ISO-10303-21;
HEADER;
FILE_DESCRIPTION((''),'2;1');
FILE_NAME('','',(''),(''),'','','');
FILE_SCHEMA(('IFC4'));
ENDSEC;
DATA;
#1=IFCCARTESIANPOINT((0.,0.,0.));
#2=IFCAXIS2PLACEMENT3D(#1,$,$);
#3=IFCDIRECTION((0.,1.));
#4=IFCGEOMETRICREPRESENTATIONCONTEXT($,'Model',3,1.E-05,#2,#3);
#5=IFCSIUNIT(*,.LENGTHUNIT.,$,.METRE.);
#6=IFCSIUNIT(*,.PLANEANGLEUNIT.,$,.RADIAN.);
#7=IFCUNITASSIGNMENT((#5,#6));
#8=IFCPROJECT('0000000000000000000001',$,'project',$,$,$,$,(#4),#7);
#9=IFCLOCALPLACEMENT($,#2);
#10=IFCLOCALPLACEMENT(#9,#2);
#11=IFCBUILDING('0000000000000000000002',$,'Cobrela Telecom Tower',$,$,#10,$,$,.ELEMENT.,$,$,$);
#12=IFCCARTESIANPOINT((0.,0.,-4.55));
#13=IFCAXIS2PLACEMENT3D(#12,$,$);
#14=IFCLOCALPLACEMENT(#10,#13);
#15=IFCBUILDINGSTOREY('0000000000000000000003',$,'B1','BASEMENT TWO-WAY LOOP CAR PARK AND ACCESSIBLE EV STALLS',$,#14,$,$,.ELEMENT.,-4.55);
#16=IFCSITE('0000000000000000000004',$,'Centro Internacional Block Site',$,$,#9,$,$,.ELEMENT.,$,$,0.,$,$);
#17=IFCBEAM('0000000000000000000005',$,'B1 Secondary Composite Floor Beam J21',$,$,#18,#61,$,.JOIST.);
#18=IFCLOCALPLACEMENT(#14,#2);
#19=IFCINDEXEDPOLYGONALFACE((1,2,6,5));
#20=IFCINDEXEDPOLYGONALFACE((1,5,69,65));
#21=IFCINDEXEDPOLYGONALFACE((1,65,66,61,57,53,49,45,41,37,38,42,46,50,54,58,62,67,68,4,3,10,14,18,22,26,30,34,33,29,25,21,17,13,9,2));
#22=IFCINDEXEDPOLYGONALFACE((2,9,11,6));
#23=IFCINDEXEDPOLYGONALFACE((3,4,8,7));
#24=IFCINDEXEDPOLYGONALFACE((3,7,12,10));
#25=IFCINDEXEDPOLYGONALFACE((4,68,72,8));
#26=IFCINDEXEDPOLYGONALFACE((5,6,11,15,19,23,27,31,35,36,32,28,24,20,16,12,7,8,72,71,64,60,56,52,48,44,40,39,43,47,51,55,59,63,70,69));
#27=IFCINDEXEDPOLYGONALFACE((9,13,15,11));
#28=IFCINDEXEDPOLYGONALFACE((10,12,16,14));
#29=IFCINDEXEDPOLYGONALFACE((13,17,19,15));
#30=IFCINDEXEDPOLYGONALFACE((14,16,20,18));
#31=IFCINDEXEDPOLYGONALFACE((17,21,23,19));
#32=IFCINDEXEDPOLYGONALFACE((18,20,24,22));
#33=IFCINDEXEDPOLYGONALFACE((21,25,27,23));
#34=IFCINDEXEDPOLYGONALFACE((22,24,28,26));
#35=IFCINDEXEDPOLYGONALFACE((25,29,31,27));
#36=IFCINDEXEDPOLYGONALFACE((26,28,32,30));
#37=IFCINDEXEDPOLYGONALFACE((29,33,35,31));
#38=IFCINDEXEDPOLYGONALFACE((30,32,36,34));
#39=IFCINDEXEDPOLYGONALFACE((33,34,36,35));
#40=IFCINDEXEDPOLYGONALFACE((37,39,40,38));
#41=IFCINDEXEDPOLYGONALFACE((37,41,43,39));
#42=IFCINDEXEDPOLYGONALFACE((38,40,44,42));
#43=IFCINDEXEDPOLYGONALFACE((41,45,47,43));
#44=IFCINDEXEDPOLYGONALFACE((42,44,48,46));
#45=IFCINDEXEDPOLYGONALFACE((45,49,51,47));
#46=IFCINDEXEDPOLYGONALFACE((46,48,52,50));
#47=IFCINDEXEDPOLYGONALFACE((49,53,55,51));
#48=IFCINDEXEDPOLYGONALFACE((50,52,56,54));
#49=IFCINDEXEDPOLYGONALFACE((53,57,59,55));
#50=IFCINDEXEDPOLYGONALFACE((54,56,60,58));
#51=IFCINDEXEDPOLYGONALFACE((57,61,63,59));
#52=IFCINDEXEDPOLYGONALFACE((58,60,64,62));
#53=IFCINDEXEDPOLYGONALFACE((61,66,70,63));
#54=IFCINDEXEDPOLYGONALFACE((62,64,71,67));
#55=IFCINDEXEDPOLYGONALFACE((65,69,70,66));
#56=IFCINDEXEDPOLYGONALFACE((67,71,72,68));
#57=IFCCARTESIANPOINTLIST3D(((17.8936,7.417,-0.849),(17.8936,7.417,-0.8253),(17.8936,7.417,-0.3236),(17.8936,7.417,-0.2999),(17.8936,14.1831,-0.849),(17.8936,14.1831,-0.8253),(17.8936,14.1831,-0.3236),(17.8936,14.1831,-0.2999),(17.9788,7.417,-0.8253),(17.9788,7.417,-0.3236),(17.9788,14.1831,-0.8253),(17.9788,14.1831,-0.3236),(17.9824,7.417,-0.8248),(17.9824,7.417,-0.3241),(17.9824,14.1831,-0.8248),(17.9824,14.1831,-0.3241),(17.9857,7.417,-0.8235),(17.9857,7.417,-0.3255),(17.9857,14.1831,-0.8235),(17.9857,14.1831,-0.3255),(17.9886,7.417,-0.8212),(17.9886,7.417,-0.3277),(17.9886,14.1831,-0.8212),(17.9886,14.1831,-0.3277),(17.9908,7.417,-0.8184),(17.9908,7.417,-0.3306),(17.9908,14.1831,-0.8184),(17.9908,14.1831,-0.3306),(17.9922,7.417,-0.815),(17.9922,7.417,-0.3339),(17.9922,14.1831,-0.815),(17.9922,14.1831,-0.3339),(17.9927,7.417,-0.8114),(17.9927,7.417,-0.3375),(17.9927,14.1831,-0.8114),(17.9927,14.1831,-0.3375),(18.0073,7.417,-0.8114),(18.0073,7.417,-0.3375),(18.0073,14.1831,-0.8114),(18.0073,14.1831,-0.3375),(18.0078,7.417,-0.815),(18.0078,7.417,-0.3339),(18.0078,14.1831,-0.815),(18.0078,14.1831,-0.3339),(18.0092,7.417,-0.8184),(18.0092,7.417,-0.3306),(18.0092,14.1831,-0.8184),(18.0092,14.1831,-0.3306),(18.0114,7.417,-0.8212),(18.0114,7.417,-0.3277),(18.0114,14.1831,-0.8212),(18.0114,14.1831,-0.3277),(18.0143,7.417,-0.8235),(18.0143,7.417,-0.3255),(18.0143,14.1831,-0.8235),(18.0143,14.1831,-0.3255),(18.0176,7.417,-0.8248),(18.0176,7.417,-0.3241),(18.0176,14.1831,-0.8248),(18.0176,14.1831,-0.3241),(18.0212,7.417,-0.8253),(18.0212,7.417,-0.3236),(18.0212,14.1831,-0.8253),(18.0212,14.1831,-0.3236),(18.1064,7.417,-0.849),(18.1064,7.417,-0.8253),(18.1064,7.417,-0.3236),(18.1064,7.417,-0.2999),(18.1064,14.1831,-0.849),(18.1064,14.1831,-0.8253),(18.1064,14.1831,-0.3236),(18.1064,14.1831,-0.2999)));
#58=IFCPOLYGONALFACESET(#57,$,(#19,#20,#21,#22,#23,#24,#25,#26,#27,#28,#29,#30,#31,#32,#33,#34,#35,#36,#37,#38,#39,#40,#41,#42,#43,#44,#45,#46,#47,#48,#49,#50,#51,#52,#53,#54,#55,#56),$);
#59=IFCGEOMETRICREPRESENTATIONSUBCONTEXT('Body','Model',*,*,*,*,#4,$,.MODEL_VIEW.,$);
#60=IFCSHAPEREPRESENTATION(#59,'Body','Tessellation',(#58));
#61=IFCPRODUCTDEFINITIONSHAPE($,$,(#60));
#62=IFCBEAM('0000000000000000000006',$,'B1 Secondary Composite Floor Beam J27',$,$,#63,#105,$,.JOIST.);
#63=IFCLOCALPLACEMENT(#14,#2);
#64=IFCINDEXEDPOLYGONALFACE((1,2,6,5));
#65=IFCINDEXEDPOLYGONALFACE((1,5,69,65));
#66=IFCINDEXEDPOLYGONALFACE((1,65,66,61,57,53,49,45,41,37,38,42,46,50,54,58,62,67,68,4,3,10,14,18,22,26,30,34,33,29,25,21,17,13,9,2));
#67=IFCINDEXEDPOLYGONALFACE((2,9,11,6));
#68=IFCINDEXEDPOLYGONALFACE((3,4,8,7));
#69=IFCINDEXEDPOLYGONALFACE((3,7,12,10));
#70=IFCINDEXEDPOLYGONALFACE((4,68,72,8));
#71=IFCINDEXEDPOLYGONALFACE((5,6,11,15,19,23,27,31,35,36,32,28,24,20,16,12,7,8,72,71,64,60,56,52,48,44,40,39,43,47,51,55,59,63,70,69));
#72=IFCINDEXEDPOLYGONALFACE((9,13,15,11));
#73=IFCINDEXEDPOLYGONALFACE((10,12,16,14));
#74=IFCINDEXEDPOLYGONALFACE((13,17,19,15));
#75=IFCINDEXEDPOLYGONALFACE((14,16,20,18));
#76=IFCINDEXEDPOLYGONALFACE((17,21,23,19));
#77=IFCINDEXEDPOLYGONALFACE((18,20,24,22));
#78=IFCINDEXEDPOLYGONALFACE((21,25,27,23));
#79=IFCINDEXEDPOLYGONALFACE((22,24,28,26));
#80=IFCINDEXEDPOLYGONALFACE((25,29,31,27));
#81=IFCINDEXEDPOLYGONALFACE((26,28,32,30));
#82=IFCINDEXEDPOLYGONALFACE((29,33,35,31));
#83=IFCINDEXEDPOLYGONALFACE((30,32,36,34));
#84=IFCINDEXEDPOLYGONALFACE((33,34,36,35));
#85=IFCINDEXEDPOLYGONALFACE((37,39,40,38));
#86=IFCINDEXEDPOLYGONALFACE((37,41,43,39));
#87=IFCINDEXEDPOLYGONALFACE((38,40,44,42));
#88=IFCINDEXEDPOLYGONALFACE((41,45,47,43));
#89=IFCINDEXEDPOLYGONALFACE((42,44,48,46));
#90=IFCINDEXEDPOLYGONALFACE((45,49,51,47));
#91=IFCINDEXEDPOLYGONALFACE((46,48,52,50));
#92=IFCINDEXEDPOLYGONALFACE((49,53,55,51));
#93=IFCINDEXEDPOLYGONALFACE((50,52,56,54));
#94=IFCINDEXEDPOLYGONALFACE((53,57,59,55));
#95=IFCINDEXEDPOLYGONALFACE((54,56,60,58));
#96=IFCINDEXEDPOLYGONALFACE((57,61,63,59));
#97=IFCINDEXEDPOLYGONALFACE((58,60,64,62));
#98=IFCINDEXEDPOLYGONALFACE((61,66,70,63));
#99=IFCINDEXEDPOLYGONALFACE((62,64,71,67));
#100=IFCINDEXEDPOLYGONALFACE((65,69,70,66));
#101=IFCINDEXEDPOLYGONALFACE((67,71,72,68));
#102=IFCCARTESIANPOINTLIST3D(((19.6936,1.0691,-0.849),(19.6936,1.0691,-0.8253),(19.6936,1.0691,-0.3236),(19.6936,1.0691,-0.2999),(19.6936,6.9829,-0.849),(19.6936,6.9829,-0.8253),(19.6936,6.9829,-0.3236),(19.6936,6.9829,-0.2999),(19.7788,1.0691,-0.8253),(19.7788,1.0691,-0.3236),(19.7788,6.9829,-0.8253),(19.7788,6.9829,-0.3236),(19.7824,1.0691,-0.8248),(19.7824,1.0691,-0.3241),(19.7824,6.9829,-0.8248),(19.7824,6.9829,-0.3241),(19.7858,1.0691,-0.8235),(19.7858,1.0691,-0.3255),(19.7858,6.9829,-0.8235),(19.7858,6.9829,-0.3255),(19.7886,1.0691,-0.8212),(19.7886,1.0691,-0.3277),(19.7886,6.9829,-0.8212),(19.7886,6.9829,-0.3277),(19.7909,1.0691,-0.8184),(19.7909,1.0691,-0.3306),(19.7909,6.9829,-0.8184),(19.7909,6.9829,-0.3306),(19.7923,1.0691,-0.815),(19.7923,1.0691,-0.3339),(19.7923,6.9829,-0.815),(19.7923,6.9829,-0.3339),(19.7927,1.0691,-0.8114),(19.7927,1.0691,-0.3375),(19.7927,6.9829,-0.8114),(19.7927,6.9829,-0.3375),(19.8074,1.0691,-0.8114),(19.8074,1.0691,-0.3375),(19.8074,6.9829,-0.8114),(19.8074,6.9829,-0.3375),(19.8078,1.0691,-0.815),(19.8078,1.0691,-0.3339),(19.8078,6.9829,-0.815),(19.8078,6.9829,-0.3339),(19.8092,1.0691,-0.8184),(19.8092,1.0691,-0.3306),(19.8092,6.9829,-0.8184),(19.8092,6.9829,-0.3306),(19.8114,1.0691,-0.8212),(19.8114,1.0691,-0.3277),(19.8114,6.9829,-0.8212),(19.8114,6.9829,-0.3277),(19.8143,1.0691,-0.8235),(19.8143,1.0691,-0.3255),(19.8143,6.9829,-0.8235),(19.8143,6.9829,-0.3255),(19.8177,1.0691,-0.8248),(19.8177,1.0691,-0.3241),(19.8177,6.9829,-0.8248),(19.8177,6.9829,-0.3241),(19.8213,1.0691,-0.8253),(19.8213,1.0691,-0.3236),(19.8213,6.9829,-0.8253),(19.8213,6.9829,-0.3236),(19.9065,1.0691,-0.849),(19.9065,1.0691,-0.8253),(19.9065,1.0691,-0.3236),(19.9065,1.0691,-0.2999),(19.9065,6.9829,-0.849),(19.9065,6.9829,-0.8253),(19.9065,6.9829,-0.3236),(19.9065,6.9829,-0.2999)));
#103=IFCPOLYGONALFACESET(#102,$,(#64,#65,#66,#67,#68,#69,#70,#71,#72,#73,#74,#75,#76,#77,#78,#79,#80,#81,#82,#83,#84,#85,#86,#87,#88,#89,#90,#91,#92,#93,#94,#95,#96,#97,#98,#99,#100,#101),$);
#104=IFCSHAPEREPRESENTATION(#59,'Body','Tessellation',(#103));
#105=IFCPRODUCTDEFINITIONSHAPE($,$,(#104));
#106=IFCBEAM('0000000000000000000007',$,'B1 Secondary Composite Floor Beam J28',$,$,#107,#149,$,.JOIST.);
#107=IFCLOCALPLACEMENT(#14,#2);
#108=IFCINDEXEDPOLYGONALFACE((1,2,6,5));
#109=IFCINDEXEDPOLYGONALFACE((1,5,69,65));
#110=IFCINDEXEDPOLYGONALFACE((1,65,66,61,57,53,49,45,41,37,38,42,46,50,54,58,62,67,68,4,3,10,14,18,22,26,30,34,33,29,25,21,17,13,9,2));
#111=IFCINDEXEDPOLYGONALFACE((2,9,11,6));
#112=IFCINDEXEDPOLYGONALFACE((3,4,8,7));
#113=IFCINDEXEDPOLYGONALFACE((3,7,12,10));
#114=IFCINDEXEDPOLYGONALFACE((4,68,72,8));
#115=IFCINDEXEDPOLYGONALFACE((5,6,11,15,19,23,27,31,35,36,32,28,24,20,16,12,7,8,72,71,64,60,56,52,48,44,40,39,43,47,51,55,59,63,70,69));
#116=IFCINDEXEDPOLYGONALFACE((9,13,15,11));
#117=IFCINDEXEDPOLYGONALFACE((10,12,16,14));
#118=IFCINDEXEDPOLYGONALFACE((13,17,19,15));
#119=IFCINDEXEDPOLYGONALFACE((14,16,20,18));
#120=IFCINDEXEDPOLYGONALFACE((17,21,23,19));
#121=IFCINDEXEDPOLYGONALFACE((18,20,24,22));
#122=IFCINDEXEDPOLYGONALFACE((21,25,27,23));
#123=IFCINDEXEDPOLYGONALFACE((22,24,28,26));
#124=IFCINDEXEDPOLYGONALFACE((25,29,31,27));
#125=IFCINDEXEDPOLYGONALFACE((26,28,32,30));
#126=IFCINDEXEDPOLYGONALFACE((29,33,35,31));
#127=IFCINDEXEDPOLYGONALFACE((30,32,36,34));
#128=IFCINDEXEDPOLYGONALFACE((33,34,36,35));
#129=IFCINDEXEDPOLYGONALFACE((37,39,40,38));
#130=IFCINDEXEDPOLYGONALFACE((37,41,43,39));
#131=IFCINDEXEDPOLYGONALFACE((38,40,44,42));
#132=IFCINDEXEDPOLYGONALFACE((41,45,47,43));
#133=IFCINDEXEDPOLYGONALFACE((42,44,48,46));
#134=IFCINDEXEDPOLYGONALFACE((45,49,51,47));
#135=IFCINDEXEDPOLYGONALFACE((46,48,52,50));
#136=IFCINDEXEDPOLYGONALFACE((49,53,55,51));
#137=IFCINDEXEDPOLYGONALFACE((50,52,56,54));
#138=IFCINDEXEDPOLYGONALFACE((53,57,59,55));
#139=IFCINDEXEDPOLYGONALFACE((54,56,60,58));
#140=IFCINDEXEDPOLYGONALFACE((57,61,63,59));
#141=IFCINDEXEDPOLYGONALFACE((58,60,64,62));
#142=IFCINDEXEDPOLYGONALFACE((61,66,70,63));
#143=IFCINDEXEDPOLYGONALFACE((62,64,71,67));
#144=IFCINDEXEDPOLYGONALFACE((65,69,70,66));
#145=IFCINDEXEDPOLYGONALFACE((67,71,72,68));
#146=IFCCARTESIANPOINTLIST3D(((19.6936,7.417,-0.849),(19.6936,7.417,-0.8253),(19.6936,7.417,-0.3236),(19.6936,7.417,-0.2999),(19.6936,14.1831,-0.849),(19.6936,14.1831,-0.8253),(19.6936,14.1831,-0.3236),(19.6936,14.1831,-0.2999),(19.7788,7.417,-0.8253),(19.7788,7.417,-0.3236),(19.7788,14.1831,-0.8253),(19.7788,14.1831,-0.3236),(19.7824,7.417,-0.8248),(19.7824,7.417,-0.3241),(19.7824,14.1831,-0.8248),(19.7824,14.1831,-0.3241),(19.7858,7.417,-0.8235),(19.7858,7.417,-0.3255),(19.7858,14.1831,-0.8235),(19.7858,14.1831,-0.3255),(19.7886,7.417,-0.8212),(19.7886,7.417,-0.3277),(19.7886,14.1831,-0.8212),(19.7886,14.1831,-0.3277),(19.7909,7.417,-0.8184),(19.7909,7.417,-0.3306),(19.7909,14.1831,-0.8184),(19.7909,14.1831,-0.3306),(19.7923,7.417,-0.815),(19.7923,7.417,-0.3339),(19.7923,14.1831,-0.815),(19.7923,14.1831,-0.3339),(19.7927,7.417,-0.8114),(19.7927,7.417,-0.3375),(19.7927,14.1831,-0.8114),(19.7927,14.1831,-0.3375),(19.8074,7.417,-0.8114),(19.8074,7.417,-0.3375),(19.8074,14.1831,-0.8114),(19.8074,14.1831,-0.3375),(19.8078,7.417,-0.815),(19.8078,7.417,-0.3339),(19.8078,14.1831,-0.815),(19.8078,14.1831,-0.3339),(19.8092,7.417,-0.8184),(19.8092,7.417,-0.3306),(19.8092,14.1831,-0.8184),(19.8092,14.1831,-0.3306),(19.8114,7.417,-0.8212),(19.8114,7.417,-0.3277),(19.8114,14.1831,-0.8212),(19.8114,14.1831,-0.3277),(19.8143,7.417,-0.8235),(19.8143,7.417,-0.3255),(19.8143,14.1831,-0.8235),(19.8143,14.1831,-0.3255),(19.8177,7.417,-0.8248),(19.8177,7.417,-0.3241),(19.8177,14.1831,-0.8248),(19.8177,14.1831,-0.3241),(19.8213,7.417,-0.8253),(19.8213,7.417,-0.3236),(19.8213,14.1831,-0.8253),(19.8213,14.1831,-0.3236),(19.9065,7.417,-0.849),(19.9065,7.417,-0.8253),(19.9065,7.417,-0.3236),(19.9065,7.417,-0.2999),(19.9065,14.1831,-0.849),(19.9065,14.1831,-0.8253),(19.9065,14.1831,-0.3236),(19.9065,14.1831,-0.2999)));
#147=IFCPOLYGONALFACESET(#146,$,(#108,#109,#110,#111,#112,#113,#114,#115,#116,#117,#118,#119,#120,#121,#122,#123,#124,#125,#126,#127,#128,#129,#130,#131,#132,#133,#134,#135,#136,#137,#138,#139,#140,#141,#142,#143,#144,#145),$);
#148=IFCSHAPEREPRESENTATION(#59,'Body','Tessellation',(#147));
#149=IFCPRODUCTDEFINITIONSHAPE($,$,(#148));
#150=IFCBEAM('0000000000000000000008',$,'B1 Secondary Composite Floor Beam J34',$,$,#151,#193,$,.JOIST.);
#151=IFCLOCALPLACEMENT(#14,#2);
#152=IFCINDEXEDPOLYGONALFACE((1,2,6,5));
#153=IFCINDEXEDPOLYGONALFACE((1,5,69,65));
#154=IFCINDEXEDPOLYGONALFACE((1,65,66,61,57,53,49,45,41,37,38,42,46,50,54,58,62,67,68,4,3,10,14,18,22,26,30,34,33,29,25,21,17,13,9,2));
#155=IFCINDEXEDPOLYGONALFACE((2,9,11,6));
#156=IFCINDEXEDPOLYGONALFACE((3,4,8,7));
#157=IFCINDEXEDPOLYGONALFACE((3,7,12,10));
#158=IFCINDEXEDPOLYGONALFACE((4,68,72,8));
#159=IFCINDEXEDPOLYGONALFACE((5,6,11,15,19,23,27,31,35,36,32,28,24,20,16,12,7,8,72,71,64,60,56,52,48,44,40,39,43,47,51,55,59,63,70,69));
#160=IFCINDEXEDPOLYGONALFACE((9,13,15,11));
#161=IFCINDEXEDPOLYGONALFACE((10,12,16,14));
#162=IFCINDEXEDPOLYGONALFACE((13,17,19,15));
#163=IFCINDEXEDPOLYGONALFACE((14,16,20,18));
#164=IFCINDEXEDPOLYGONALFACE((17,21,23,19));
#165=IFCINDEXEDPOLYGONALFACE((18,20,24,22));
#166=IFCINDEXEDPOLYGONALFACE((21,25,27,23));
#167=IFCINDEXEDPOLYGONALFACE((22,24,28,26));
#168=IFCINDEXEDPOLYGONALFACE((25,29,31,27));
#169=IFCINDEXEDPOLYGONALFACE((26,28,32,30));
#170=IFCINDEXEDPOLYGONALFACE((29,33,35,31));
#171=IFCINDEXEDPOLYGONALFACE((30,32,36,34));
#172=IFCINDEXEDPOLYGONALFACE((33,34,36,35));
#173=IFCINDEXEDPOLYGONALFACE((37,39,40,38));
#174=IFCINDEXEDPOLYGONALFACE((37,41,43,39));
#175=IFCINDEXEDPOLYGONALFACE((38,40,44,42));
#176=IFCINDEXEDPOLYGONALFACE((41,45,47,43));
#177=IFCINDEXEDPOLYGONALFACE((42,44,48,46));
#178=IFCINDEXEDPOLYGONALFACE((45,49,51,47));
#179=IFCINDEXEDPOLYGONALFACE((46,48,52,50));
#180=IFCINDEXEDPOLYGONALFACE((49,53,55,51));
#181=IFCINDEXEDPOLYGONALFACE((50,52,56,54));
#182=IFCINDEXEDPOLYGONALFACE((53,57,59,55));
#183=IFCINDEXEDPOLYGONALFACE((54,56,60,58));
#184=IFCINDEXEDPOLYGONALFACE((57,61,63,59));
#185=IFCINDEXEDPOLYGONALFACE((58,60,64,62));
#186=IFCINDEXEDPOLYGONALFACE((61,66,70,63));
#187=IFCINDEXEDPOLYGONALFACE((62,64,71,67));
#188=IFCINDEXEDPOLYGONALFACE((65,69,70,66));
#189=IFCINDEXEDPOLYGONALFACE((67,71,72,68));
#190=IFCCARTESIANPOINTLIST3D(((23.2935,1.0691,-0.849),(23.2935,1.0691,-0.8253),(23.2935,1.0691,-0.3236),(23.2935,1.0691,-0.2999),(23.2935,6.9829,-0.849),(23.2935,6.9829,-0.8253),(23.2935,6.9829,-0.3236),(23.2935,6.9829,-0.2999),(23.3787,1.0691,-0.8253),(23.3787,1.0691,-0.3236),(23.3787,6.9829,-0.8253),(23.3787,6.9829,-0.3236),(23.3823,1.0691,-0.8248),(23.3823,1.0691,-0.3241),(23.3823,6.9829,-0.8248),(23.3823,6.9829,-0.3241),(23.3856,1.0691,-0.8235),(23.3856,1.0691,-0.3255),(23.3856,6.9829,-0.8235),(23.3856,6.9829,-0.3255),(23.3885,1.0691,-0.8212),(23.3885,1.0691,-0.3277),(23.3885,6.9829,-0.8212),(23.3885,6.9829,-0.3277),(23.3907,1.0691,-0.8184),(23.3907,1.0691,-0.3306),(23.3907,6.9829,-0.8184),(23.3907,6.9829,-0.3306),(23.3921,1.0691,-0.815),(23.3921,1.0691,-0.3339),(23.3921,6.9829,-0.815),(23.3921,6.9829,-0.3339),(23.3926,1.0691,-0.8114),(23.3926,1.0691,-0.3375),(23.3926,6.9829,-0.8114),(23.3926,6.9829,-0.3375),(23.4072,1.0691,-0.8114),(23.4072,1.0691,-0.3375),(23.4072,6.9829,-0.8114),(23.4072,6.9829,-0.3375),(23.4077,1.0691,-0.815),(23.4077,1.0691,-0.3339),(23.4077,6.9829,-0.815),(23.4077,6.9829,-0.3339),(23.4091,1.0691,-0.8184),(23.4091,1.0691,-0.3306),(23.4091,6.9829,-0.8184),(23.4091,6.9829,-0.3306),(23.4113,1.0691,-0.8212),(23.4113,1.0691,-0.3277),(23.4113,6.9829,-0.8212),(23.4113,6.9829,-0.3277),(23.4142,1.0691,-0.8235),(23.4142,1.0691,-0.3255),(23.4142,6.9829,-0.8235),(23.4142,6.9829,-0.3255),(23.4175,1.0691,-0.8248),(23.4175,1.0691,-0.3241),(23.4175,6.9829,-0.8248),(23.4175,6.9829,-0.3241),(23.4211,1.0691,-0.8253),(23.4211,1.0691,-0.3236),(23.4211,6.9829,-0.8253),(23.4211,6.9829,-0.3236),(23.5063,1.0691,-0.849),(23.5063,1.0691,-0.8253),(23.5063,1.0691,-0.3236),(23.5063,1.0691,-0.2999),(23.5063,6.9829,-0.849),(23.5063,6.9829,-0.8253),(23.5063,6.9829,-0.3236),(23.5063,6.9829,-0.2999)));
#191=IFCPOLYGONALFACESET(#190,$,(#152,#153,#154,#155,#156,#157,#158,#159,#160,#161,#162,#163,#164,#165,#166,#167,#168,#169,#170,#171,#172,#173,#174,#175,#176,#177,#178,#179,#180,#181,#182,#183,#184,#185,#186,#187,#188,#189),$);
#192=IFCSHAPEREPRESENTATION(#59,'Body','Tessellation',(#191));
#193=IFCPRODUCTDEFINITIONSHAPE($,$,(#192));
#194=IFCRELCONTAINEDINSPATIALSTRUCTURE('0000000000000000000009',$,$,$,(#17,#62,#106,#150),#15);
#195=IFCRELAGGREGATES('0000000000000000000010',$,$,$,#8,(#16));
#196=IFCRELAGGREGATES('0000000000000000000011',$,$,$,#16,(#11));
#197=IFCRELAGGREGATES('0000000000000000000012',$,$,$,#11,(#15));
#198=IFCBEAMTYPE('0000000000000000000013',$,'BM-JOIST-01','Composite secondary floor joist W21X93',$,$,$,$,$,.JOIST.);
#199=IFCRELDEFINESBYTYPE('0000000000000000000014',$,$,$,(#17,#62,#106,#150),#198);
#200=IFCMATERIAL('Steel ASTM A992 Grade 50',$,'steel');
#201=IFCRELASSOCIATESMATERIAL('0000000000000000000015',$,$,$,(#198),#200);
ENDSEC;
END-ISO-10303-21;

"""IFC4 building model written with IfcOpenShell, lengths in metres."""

from ifc_helpers import new_model, si_unit, direction, frame, origin, origin_2d, place, context, subcontext, project, spatial, i_section, extrude, material, material_profile, profile_set, type_object, element, save


model = new_model("IFC4")

# Units and contexts
model_context = context("Model", 3, precision=1e-05, world=origin(), true_north=direction((0.0, 1.0)))
body_context = subcontext(model_context, "Body", "Model", "MODEL_VIEW")
ifc_project = project(units=[si_unit("LENGTHUNIT", "METRE"), si_unit("PLANEANGLEUNIT", "RADIAN")], contexts=[model_context])

# Site, building, storey
site_placement = place(None, origin())
site = spatial("IfcSite", under=ifc_project, at=site_placement, Name="Centro Internacional Block Site", CompositionType="ELEMENT", RefElevation=0.0)
building_placement = place(site_placement, origin())
building = spatial("IfcBuilding", under=site, at=building_placement, Name="Cobrela Telecom Tower", CompositionType="ELEMENT")
storey_placement = place(building_placement, frame((0.0, 0.0, -4.55)))
storey = spatial("IfcBuildingStorey", under=building, at=storey_placement, Name="B1", Description="BASEMENT TWO-WAY LOOP CAR PARK AND ACCESSIBLE EV STALLS", CompositionType="ELEMENT", Elevation=-4.55)

# Beams
ifc_material_1 = material(Name="Steel ASTM A992 Grade 50", Category="steel")
ifc_material_profile_1 = material_profile(ifc_material_1, i_section(OverallWidth=0.2129, OverallDepth=0.5491, WebThickness=0.0146, FlangeThickness=0.0237, FilletRadius=0.0139, at=origin_2d()), Name="W21X93")
ifc_profile_set_1 = profile_set([ifc_material_profile_1], Name="Steel ASTM A992 Grade 50")
beam_type_1 = type_object("IfcBeamType", Name="BM-JOIST-01", Description="Composite secondary floor joist W21X93", PredefinedType="JOIST", material=ifc_profile_set_1)
beam_1_placement = place(storey_placement, frame((18.0, 7.417, -0.5745), z_axis=(0.0, 1.0, 0.0), x_axis=(-1.0, 0.0, 0.0)))
element("IfcBeam", 1, at=beam_1_placement, inside=storey, type_object=beam_type_1, Name="B1 Secondary Composite Floor Beam J21", PredefinedType="JOIST", context=body_context, shape_type="SweptSolid", body=[
    extrude(i_section(OverallWidth=0.2129, OverallDepth=0.5491, WebThickness=0.0146, FlangeThickness=0.0237, FilletRadius=0.0139, at=origin_2d()), origin(), (0.0, 0.0, 1.0), 6.7661),
])
beam_2_placement = place(storey_placement, frame((19.8, 1.0691, -0.5745), z_axis=(0.0, 1.0, 0.0), x_axis=(-1.0, 0.0, 0.0)))
element("IfcBeam", 2, at=beam_2_placement, inside=storey, type_object=beam_type_1, Name="B1 Secondary Composite Floor Beam J27", PredefinedType="JOIST", context=body_context, shape_type="SweptSolid", body=[
    extrude(i_section(OverallWidth=0.2129, OverallDepth=0.5491, WebThickness=0.0146, FlangeThickness=0.0237, FilletRadius=0.0139, at=origin_2d()), origin(), (0.0, 0.0, 1.0), 5.9138),
])
beam_3_placement = place(storey_placement, frame((19.8, 7.417, -0.5745), z_axis=(0.0, 1.0, 0.0), x_axis=(-1.0, 0.0, 0.0)))
element("IfcBeam", 3, at=beam_3_placement, inside=storey, type_object=beam_type_1, Name="B1 Secondary Composite Floor Beam J28", PredefinedType="JOIST", context=body_context, shape_type="SweptSolid", body=[
    extrude(i_section(OverallWidth=0.2129, OverallDepth=0.5491, WebThickness=0.0146, FlangeThickness=0.0237, FilletRadius=0.0139, at=origin_2d()), origin(), (0.0, 0.0, 1.0), 6.7661),
])
beam_4_placement = place(storey_placement, frame((23.3999, 1.0691, -0.5745), z_axis=(0.0, 1.0, 0.0), x_axis=(-1.0, 0.0, 0.0)))
element("IfcBeam", 4, at=beam_4_placement, inside=storey, type_object=beam_type_1, Name="B1 Secondary Composite Floor Beam J34", PredefinedType="JOIST", context=body_context, shape_type="SweptSolid", body=[
    extrude(i_section(OverallWidth=0.2129, OverallDepth=0.5491, WebThickness=0.0146, FlangeThickness=0.0237, FilletRadius=0.0139, at=origin_2d()), origin(), (0.0, 0.0, 1.0), 5.9138),
])

save(model, "model.ifc")
